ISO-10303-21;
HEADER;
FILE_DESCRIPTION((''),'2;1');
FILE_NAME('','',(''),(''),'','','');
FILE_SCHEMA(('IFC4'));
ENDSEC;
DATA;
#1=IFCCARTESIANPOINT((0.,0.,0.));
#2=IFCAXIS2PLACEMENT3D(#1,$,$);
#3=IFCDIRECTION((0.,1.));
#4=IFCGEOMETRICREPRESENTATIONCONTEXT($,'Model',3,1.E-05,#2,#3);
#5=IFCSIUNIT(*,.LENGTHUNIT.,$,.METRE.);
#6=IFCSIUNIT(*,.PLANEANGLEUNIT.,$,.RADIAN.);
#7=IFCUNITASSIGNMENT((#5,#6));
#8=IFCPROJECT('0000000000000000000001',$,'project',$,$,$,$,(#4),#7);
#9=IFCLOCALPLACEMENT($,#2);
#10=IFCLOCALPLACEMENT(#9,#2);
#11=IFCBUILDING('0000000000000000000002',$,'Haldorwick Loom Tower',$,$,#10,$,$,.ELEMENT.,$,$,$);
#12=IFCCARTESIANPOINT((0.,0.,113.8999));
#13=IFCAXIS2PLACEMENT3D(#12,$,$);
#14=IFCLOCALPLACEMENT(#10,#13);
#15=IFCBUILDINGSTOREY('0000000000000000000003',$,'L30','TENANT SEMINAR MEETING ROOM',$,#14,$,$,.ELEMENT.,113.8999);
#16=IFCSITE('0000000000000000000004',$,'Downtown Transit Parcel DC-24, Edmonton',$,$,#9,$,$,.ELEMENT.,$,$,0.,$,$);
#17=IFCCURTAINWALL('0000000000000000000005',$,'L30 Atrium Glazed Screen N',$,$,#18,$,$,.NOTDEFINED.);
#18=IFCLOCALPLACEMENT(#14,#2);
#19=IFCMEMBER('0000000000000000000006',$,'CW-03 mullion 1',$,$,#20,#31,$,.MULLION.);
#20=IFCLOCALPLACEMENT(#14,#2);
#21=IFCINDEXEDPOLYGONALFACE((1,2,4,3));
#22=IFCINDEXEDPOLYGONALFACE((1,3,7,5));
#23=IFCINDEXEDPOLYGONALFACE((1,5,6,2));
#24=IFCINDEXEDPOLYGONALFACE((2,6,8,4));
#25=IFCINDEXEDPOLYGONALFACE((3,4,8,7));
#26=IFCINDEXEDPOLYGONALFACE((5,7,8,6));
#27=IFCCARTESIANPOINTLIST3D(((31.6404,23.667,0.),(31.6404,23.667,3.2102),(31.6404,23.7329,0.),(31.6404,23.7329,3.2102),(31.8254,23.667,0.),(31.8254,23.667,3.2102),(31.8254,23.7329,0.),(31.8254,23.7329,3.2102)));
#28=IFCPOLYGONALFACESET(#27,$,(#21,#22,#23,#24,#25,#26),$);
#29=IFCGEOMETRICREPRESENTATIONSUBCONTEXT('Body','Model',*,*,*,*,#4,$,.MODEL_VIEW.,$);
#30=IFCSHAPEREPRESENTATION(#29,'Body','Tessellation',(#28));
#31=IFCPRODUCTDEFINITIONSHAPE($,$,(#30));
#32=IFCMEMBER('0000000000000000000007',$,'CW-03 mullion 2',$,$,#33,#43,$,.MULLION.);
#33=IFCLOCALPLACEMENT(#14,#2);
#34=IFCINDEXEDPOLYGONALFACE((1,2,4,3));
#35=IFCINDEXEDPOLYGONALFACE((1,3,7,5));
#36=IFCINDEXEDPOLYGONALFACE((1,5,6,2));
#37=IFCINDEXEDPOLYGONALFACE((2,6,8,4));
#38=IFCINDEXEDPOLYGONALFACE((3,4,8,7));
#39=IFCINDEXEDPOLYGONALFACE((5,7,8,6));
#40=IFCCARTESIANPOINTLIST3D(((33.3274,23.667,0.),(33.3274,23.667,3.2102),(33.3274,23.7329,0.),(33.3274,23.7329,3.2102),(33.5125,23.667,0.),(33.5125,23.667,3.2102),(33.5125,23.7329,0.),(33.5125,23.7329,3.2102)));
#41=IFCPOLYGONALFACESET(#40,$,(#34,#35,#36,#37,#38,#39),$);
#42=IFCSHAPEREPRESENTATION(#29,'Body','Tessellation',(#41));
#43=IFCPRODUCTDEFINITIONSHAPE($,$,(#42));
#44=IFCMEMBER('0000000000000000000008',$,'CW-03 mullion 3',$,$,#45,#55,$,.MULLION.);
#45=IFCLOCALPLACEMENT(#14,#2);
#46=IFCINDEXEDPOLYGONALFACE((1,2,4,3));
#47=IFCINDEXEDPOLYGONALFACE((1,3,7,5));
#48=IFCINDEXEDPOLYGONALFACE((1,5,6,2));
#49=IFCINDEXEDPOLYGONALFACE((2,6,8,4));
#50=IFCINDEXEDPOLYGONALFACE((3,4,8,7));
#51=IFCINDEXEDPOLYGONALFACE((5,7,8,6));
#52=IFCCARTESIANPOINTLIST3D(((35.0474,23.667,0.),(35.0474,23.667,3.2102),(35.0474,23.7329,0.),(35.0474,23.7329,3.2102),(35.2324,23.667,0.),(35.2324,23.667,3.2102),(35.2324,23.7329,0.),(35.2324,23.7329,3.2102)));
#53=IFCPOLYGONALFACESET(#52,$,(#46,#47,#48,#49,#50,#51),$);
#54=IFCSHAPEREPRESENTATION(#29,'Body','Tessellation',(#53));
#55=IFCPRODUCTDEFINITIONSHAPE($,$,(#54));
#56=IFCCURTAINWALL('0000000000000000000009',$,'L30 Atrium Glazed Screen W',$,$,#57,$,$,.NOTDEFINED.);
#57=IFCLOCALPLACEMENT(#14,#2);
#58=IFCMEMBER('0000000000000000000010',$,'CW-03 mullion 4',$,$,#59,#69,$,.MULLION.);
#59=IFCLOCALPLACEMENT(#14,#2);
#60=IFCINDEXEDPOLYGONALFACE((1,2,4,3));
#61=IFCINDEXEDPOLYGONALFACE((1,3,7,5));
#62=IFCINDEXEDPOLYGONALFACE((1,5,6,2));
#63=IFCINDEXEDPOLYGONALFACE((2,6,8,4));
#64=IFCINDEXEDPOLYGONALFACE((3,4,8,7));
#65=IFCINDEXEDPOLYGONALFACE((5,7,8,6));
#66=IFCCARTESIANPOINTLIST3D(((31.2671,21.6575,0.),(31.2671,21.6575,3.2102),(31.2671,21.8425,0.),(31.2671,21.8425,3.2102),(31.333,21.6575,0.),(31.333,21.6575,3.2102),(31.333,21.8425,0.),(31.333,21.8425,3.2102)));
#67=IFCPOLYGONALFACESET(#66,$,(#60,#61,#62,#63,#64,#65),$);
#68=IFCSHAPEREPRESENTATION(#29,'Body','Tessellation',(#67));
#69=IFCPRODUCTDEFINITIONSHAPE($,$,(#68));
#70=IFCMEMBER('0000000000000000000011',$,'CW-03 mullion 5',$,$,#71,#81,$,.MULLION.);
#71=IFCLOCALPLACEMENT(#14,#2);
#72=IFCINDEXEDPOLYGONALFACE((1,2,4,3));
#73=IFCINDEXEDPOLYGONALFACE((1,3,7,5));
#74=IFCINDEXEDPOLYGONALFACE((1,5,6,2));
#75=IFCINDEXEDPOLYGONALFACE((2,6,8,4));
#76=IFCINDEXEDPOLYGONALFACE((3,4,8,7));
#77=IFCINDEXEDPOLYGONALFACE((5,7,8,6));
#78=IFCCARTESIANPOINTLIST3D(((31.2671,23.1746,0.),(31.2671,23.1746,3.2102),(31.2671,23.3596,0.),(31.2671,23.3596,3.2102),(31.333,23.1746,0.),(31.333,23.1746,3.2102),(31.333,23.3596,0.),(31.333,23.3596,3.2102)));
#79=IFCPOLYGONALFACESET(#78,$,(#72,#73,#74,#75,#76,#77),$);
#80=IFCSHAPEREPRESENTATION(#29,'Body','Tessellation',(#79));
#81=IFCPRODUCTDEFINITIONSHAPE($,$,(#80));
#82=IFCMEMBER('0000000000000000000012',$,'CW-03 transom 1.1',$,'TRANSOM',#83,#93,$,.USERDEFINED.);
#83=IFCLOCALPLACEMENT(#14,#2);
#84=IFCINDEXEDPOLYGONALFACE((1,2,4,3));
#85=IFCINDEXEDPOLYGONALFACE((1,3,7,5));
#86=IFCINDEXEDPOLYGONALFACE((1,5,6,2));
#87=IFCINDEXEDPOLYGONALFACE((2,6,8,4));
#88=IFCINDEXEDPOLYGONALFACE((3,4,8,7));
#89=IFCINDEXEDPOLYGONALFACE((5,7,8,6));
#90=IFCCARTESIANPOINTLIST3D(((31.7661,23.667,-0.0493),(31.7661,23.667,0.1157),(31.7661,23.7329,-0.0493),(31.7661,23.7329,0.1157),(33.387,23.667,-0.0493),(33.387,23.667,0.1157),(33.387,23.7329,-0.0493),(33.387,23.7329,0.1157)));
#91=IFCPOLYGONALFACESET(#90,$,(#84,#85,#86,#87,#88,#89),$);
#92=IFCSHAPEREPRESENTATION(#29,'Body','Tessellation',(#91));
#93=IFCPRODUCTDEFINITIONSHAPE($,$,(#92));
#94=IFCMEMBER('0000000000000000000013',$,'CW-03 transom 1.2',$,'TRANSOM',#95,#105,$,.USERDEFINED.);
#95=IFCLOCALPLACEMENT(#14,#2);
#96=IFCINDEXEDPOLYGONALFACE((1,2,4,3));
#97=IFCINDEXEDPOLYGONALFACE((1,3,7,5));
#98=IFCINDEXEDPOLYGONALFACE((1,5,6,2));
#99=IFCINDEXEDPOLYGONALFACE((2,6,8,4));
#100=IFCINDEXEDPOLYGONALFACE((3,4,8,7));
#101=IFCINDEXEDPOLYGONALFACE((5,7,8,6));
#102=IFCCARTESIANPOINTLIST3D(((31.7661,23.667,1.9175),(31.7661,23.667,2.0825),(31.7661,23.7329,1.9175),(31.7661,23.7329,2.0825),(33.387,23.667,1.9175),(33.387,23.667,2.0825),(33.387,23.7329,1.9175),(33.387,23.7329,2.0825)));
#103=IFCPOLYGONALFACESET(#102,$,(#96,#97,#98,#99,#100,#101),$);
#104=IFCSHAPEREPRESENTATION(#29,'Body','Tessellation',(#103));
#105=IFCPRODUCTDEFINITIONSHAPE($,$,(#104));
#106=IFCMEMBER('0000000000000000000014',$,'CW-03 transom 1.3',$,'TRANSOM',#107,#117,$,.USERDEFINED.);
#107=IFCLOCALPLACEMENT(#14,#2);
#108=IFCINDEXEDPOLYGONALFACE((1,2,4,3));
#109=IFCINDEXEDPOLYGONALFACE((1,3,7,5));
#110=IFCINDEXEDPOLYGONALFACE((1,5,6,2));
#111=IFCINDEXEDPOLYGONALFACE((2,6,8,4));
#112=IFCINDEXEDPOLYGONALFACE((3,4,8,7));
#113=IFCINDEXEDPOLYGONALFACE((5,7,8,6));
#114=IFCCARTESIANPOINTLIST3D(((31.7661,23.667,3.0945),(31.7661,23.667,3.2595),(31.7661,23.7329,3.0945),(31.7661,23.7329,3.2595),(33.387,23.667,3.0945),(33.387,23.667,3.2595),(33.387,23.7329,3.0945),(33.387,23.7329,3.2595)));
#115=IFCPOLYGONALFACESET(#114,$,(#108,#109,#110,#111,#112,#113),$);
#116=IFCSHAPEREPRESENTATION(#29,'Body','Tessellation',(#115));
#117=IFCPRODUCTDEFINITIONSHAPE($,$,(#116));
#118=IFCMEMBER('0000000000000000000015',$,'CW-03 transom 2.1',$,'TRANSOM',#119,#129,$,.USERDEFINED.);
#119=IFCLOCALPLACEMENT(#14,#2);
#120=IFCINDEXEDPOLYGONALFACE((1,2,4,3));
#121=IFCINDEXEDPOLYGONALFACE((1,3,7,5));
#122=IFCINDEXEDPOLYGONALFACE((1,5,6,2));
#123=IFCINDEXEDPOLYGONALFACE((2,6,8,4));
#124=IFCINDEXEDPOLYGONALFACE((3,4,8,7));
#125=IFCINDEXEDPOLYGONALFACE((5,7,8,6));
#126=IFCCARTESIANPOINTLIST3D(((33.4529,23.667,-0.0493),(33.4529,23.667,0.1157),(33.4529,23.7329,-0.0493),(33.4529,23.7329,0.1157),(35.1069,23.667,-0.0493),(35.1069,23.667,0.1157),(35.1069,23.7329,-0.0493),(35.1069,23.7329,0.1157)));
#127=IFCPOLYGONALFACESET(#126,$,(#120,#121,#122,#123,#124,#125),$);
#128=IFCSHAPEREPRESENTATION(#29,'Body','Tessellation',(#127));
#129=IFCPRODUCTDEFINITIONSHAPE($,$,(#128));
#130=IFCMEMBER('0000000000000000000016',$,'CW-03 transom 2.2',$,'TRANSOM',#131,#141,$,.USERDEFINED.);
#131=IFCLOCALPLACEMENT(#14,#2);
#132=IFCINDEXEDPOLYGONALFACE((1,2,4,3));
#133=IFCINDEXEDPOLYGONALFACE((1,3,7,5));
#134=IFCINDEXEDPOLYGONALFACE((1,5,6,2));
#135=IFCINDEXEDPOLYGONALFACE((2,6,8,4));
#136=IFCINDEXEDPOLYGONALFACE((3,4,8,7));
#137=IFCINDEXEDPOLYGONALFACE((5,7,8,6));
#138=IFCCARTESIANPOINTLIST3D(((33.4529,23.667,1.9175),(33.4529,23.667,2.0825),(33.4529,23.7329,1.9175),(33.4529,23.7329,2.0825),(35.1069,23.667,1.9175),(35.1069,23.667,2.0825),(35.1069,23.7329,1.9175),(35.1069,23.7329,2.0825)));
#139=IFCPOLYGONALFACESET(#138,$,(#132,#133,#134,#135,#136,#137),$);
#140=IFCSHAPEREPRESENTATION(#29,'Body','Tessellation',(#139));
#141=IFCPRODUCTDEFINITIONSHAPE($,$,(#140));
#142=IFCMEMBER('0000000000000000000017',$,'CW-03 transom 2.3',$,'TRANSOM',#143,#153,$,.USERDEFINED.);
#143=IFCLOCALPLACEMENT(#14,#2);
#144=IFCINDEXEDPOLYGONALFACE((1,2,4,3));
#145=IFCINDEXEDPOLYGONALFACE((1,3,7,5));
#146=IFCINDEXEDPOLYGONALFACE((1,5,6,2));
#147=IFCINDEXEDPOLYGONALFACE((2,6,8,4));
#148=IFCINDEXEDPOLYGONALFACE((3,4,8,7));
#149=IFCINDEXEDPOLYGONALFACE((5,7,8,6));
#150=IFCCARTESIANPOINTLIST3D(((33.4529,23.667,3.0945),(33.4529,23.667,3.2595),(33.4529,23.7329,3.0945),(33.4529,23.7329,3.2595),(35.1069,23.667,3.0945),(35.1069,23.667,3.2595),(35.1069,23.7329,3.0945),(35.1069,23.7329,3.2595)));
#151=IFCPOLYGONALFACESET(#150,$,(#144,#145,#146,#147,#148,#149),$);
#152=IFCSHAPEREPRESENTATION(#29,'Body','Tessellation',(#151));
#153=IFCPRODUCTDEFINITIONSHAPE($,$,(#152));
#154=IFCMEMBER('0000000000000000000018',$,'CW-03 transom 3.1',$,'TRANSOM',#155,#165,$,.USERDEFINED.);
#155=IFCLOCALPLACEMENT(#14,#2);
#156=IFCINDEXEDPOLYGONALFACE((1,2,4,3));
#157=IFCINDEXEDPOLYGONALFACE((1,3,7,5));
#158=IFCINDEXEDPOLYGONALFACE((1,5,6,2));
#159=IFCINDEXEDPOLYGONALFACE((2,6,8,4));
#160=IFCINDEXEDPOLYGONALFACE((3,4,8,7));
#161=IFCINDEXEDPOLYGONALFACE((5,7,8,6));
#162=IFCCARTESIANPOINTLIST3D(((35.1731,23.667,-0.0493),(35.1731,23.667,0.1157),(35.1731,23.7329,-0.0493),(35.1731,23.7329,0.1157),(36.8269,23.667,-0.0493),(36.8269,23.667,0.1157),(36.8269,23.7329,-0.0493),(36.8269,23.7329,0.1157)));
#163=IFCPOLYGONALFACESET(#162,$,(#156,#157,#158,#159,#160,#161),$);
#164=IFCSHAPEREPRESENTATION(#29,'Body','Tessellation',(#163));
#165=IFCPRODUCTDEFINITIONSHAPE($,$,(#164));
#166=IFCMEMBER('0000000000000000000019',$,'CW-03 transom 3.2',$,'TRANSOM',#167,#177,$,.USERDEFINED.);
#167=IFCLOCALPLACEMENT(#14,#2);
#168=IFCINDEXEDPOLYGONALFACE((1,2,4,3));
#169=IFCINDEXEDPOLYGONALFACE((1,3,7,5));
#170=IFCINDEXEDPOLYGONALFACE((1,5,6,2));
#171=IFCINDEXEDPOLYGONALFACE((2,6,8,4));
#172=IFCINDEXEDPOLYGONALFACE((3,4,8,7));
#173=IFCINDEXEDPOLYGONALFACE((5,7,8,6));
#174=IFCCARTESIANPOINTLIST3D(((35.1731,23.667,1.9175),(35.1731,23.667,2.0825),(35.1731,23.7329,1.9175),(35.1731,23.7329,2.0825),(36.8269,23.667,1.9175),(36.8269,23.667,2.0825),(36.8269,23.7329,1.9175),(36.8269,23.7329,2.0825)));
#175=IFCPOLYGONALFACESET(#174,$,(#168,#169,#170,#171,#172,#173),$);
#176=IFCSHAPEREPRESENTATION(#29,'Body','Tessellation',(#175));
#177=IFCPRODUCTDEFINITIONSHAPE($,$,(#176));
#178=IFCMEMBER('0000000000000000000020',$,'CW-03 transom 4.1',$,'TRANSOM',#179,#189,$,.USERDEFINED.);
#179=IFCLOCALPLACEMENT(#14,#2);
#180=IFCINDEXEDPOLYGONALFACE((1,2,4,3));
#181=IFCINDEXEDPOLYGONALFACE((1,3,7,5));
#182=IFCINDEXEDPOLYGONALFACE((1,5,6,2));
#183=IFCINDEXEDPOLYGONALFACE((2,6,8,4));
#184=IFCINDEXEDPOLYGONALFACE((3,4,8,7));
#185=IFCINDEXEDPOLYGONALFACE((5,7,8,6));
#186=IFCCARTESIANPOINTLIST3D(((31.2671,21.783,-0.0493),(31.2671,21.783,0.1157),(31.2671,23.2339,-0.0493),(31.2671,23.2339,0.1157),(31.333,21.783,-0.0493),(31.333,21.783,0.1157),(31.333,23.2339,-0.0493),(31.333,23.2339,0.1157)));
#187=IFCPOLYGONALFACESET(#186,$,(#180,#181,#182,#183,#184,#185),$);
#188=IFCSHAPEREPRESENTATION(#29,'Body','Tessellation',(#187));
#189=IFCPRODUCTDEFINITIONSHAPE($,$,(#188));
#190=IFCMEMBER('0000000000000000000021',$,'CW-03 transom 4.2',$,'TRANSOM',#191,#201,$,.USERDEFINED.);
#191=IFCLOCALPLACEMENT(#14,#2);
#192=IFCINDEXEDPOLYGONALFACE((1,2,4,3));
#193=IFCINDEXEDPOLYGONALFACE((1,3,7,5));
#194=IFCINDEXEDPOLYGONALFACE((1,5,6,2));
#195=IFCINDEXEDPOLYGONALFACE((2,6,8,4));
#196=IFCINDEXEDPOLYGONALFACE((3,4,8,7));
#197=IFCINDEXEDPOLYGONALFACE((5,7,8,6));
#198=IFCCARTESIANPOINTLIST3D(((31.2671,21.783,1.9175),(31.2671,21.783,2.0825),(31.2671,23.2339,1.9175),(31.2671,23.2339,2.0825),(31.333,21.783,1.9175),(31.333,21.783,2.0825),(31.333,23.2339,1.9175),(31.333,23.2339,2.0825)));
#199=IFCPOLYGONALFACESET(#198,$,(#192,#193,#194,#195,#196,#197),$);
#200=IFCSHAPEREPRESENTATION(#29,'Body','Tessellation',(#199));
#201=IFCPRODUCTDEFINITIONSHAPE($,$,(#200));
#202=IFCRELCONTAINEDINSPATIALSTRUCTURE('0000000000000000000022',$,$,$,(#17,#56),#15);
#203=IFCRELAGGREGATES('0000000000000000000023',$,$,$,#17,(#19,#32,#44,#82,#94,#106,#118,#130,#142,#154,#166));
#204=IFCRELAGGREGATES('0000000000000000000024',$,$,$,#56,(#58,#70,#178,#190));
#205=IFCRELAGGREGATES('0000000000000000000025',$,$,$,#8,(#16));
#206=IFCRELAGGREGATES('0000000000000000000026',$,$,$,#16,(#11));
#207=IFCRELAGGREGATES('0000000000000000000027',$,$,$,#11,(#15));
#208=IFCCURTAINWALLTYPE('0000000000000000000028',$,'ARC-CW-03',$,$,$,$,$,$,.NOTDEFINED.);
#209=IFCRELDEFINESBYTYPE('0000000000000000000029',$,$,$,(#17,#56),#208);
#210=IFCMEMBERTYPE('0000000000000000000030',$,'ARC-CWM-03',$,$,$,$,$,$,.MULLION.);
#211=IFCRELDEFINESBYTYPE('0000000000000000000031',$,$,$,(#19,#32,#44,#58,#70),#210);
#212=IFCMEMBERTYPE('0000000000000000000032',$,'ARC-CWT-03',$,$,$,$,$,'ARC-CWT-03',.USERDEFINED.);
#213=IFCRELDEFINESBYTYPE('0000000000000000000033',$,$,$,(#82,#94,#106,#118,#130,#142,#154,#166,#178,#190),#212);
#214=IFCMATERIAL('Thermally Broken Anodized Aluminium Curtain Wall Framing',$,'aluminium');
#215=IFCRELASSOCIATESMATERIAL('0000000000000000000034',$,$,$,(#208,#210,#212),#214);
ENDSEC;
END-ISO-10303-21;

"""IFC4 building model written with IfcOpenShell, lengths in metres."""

from ifc_helpers import new_model, si_unit, direction, frame, origin, origin_2d, place, context, subcontext, project, spatial, rectangle, extrude, material, material_profile, profile_set, type_object, element, aggregate, save


model = new_model("IFC4")

# Units and contexts
model_context = context("Model", 3, precision=1e-05, world=origin(), true_north=direction((0.0, 1.0)))
body_context = subcontext(model_context, "Body", "Model", "MODEL_VIEW")
ifc_project = project(units=[si_unit("LENGTHUNIT", "METRE"), si_unit("PLANEANGLEUNIT", "RADIAN")], contexts=[model_context])

# Site, building, storey
site_placement = place(None, origin())
site = spatial("IfcSite", under=ifc_project, at=site_placement, Name="Downtown Transit Parcel DC-24, Edmonton", CompositionType="ELEMENT", RefElevation=0.0)
building_placement = place(site_placement, origin())
building = spatial("IfcBuilding", under=site, at=building_placement, Name="Haldorwick Loom Tower", CompositionType="ELEMENT")
storey_placement = place(building_placement, frame((0.0, 0.0, 113.8999)))
storey = spatial("IfcBuildingStorey", under=building, at=storey_placement, Name="L30", Description="TENANT SEMINAR MEETING ROOM", CompositionType="ELEMENT", Elevation=113.8999)

# Curtain walls, members
ifc_material_1 = material(Name="Thermally Broken Anodized Aluminium Curtain Wall Framing", Category="aluminium")
curtain_wall_type = type_object("IfcCurtainWallType", Name="ARC-CW-03", PredefinedType="NOTDEFINED", material=ifc_material_1)
curtain_wall_1_placement = place(storey_placement, origin())
curtain_wall_1 = element("IfcCurtainWall", 1, at=curtain_wall_1_placement, inside=storey, type_object=curtain_wall_type, Name="L30 Atrium Glazed Screen N", PredefinedType="NOTDEFINED")
ifc_material_profile_1 = material_profile(ifc_material_1, rectangle(XDim=0.0659, YDim=0.1851, at=origin_2d()), Name="ALU_MUL_66X185", Category="aluminium")
ifc_profile_set_1 = profile_set([ifc_material_profile_1], Name="Thermally Broken Anodized Aluminium Curtain Wall Framing")
member_type_1 = type_object("IfcMemberType", Name="ARC-CWM-03", PredefinedType="MULLION", material=ifc_profile_set_1)
member_1_placement = place(storey_placement, frame((31.7329, 23.7, 0.0), z_axis=(0.0, 0.0, 1.0), x_axis=(0.0, 1.0, 0.0)))
member_1 = element("IfcMember", 2, at=member_1_placement, type_object=member_type_1, Name="CW-03 mullion 1", PredefinedType="MULLION", context=body_context, shape_type="SweptSolid", body=[
    extrude(rectangle(XDim=0.0659, YDim=0.1851, at=origin_2d()), origin(), (0.0, 0.0, 1.0), 3.2102),
])
member_2_placement = place(storey_placement, frame((33.4199, 23.7, 0.0), z_axis=(0.0, 0.0, 1.0), x_axis=(0.0, 1.0, 0.0)))
member_2 = element("IfcMember", 3, at=member_2_placement, type_object=member_type_1, Name="CW-03 mullion 2", PredefinedType="MULLION", context=body_context, shape_type="SweptSolid", body=[
    extrude(rectangle(XDim=0.0659, YDim=0.1851, at=origin_2d()), origin(), (0.0, 0.0, 1.0), 3.2102),
])
member_3_placement = place(storey_placement, frame((35.1399, 23.7, 0.0), z_axis=(0.0, 0.0, 1.0), x_axis=(0.0, 1.0, 0.0)))
member_3 = element("IfcMember", 4, at=member_3_placement, type_object=member_type_1, Name="CW-03 mullion 3", PredefinedType="MULLION", context=body_context, shape_type="SweptSolid", body=[
    extrude(rectangle(XDim=0.0659, YDim=0.1851, at=origin_2d()), origin(), (0.0, 0.0, 1.0), 3.2102),
])
curtain_wall_2_placement = place(storey_placement, origin())
curtain_wall_2 = element("IfcCurtainWall", 5, at=curtain_wall_2_placement, inside=storey, type_object=curtain_wall_type, Name="L30 Atrium Glazed Screen W", PredefinedType="NOTDEFINED")
member_4_placement = place(storey_placement, frame((31.3, 21.75, 0.0), z_axis=(0.0, 0.0, 1.0), x_axis=(-1.0, 0.0, 0.0)))
member_4 = element("IfcMember", 6, at=member_4_placement, type_object=member_type_1, Name="CW-03 mullion 4", PredefinedType="MULLION", context=body_context, shape_type="SweptSolid", body=[
    extrude(rectangle(XDim=0.0659, YDim=0.1851, at=origin_2d()), origin(), (0.0, 0.0, 1.0), 3.2102),
])
member_5_placement = place(storey_placement, frame((31.3, 23.2671, 0.0), z_axis=(0.0, 0.0, 1.0), x_axis=(-1.0, 0.0, 0.0)))
member_5 = element("IfcMember", 7, at=member_5_placement, type_object=member_type_1, Name="CW-03 mullion 5", PredefinedType="MULLION", context=body_context, shape_type="SweptSolid", body=[
    extrude(rectangle(XDim=0.0659, YDim=0.1851, at=origin_2d()), origin(), (0.0, 0.0, 1.0), 3.2102),
])

# Members
ifc_material_profile_2 = material_profile(ifc_material_1, rectangle(XDim=0.0659, YDim=0.165, at=origin_2d()), Name="ALU_TRN_66X165", Category="aluminium")
ifc_profile_set_2 = profile_set([ifc_material_profile_2], Name="Thermally Broken Anodized Aluminium Curtain Wall Framing")
member_type_2 = type_object("IfcMemberType", Name="ARC-CWT-03", ElementType="ARC-CWT-03", PredefinedType="USERDEFINED", material=ifc_profile_set_2)
member_6_placement = place(storey_placement, frame((31.7661, 23.7, 0.0332), z_axis=(1.0, 0.0, 0.0), x_axis=(0.0, 1.0, 0.0)))
member_6 = element("IfcMember", 8, at=member_6_placement, type_object=member_type_2, Name="CW-03 transom 1.1", ObjectType="TRANSOM", PredefinedType="USERDEFINED", context=body_context, shape_type="SweptSolid", body=[
    extrude(rectangle(XDim=0.0659, YDim=0.165, at=origin_2d()), origin(), (0.0, 0.0, 1.0), 1.6208),
])
member_7_placement = place(storey_placement, frame((31.7661, 23.7, 2.0), z_axis=(1.0, 0.0, 0.0), x_axis=(0.0, 1.0, 0.0)))
member_7 = element("IfcMember", 9, at=member_7_placement, type_object=member_type_2, Name="CW-03 transom 1.2", ObjectType="TRANSOM", PredefinedType="USERDEFINED", context=body_context, shape_type="SweptSolid", body=[
    extrude(rectangle(XDim=0.0659, YDim=0.165, at=origin_2d()), origin(), (0.0, 0.0, 1.0), 1.6208),
])
member_8_placement = place(storey_placement, frame((31.7661, 23.7, 3.177), z_axis=(1.0, 0.0, 0.0), x_axis=(0.0, 1.0, 0.0)))
member_8 = element("IfcMember", 10, at=member_8_placement, type_object=member_type_2, Name="CW-03 transom 1.3", ObjectType="TRANSOM", PredefinedType="USERDEFINED", context=body_context, shape_type="SweptSolid", body=[
    extrude(rectangle(XDim=0.0659, YDim=0.165, at=origin_2d()), origin(), (0.0, 0.0, 1.0), 1.6208),
])
member_9_placement = place(storey_placement, frame((33.4529, 23.7, 0.0332), z_axis=(1.0, 0.0, 0.0), x_axis=(0.0, 1.0, 0.0)))
member_9 = element("IfcMember", 11, at=member_9_placement, type_object=member_type_2, Name="CW-03 transom 2.1", ObjectType="TRANSOM", PredefinedType="USERDEFINED", context=body_context, shape_type="SweptSolid", body=[
    extrude(rectangle(XDim=0.0659, YDim=0.165, at=origin_2d()), origin(), (0.0, 0.0, 1.0), 1.6541),
])
member_10_placement = place(storey_placement, frame((33.4529, 23.7, 2.0), z_axis=(1.0, 0.0, 0.0), x_axis=(0.0, 1.0, 0.0)))
member_10 = element("IfcMember", 12, at=member_10_placement, type_object=member_type_2, Name="CW-03 transom 2.2", ObjectType="TRANSOM", PredefinedType="USERDEFINED", context=body_context, shape_type="SweptSolid", body=[
    extrude(rectangle(XDim=0.0659, YDim=0.165, at=origin_2d()), origin(), (0.0, 0.0, 1.0), 1.6541),
])
member_11_placement = place(storey_placement, frame((33.4529, 23.7, 3.177), z_axis=(1.0, 0.0, 0.0), x_axis=(0.0, 1.0, 0.0)))
member_11 = element("IfcMember", 13, at=member_11_placement, type_object=member_type_2, Name="CW-03 transom 2.3", ObjectType="TRANSOM", PredefinedType="USERDEFINED", context=body_context, shape_type="SweptSolid", body=[
    extrude(rectangle(XDim=0.0659, YDim=0.165, at=origin_2d()), origin(), (0.0, 0.0, 1.0), 1.6541),
])
member_12_placement = place(storey_placement, frame((35.1731, 23.7, 0.0332), z_axis=(1.0, 0.0, 0.0), x_axis=(0.0, 1.0, 0.0)))
member_12 = element("IfcMember", 14, at=member_12_placement, type_object=member_type_2, Name="CW-03 transom 3.1", ObjectType="TRANSOM", PredefinedType="USERDEFINED", context=body_context, shape_type="SweptSolid", body=[
    extrude(rectangle(XDim=0.0659, YDim=0.165, at=origin_2d()), origin(), (0.0, 0.0, 1.0), 1.6538),
])
member_13_placement = place(storey_placement, frame((35.1731, 23.7, 2.0), z_axis=(1.0, 0.0, 0.0), x_axis=(0.0, 1.0, 0.0)))
member_13 = element("IfcMember", 15, at=member_13_placement, type_object=member_type_2, Name="CW-03 transom 3.2", ObjectType="TRANSOM", PredefinedType="USERDEFINED", context=body_context, shape_type="SweptSolid", body=[
    extrude(rectangle(XDim=0.0659, YDim=0.165, at=origin_2d()), origin(), (0.0, 0.0, 1.0), 1.6538),
])
member_14_placement = place(storey_placement, frame((31.3, 21.783, 0.0332), z_axis=(0.0, 1.0, 0.0), x_axis=(-1.0, 0.0, 0.0)))
member_14 = element("IfcMember", 16, at=member_14_placement, type_object=member_type_2, Name="CW-03 transom 4.1", ObjectType="TRANSOM", PredefinedType="USERDEFINED", context=body_context, shape_type="SweptSolid", body=[
    extrude(rectangle(XDim=0.0659, YDim=0.165, at=origin_2d()), origin(), (0.0, 0.0, 1.0), 1.4509),
])
member_15_placement = place(storey_placement, frame((31.3, 21.783, 2.0), z_axis=(0.0, 1.0, 0.0), x_axis=(-1.0, 0.0, 0.0)))
member_15 = element("IfcMember", 17, at=member_15_placement, type_object=member_type_2, Name="CW-03 transom 4.2", ObjectType="TRANSOM", PredefinedType="USERDEFINED", context=body_context, shape_type="SweptSolid", body=[
    extrude(rectangle(XDim=0.0659, YDim=0.165, at=origin_2d()), origin(), (0.0, 0.0, 1.0), 1.4509),
])

aggregate(curtain_wall_1, [member_1, member_2, member_3, member_6, member_7, member_8, member_9, member_10, member_11, member_12, member_13])
aggregate(curtain_wall_2, [member_4, member_5, member_14, member_15])

save(model, "model.ifc")
